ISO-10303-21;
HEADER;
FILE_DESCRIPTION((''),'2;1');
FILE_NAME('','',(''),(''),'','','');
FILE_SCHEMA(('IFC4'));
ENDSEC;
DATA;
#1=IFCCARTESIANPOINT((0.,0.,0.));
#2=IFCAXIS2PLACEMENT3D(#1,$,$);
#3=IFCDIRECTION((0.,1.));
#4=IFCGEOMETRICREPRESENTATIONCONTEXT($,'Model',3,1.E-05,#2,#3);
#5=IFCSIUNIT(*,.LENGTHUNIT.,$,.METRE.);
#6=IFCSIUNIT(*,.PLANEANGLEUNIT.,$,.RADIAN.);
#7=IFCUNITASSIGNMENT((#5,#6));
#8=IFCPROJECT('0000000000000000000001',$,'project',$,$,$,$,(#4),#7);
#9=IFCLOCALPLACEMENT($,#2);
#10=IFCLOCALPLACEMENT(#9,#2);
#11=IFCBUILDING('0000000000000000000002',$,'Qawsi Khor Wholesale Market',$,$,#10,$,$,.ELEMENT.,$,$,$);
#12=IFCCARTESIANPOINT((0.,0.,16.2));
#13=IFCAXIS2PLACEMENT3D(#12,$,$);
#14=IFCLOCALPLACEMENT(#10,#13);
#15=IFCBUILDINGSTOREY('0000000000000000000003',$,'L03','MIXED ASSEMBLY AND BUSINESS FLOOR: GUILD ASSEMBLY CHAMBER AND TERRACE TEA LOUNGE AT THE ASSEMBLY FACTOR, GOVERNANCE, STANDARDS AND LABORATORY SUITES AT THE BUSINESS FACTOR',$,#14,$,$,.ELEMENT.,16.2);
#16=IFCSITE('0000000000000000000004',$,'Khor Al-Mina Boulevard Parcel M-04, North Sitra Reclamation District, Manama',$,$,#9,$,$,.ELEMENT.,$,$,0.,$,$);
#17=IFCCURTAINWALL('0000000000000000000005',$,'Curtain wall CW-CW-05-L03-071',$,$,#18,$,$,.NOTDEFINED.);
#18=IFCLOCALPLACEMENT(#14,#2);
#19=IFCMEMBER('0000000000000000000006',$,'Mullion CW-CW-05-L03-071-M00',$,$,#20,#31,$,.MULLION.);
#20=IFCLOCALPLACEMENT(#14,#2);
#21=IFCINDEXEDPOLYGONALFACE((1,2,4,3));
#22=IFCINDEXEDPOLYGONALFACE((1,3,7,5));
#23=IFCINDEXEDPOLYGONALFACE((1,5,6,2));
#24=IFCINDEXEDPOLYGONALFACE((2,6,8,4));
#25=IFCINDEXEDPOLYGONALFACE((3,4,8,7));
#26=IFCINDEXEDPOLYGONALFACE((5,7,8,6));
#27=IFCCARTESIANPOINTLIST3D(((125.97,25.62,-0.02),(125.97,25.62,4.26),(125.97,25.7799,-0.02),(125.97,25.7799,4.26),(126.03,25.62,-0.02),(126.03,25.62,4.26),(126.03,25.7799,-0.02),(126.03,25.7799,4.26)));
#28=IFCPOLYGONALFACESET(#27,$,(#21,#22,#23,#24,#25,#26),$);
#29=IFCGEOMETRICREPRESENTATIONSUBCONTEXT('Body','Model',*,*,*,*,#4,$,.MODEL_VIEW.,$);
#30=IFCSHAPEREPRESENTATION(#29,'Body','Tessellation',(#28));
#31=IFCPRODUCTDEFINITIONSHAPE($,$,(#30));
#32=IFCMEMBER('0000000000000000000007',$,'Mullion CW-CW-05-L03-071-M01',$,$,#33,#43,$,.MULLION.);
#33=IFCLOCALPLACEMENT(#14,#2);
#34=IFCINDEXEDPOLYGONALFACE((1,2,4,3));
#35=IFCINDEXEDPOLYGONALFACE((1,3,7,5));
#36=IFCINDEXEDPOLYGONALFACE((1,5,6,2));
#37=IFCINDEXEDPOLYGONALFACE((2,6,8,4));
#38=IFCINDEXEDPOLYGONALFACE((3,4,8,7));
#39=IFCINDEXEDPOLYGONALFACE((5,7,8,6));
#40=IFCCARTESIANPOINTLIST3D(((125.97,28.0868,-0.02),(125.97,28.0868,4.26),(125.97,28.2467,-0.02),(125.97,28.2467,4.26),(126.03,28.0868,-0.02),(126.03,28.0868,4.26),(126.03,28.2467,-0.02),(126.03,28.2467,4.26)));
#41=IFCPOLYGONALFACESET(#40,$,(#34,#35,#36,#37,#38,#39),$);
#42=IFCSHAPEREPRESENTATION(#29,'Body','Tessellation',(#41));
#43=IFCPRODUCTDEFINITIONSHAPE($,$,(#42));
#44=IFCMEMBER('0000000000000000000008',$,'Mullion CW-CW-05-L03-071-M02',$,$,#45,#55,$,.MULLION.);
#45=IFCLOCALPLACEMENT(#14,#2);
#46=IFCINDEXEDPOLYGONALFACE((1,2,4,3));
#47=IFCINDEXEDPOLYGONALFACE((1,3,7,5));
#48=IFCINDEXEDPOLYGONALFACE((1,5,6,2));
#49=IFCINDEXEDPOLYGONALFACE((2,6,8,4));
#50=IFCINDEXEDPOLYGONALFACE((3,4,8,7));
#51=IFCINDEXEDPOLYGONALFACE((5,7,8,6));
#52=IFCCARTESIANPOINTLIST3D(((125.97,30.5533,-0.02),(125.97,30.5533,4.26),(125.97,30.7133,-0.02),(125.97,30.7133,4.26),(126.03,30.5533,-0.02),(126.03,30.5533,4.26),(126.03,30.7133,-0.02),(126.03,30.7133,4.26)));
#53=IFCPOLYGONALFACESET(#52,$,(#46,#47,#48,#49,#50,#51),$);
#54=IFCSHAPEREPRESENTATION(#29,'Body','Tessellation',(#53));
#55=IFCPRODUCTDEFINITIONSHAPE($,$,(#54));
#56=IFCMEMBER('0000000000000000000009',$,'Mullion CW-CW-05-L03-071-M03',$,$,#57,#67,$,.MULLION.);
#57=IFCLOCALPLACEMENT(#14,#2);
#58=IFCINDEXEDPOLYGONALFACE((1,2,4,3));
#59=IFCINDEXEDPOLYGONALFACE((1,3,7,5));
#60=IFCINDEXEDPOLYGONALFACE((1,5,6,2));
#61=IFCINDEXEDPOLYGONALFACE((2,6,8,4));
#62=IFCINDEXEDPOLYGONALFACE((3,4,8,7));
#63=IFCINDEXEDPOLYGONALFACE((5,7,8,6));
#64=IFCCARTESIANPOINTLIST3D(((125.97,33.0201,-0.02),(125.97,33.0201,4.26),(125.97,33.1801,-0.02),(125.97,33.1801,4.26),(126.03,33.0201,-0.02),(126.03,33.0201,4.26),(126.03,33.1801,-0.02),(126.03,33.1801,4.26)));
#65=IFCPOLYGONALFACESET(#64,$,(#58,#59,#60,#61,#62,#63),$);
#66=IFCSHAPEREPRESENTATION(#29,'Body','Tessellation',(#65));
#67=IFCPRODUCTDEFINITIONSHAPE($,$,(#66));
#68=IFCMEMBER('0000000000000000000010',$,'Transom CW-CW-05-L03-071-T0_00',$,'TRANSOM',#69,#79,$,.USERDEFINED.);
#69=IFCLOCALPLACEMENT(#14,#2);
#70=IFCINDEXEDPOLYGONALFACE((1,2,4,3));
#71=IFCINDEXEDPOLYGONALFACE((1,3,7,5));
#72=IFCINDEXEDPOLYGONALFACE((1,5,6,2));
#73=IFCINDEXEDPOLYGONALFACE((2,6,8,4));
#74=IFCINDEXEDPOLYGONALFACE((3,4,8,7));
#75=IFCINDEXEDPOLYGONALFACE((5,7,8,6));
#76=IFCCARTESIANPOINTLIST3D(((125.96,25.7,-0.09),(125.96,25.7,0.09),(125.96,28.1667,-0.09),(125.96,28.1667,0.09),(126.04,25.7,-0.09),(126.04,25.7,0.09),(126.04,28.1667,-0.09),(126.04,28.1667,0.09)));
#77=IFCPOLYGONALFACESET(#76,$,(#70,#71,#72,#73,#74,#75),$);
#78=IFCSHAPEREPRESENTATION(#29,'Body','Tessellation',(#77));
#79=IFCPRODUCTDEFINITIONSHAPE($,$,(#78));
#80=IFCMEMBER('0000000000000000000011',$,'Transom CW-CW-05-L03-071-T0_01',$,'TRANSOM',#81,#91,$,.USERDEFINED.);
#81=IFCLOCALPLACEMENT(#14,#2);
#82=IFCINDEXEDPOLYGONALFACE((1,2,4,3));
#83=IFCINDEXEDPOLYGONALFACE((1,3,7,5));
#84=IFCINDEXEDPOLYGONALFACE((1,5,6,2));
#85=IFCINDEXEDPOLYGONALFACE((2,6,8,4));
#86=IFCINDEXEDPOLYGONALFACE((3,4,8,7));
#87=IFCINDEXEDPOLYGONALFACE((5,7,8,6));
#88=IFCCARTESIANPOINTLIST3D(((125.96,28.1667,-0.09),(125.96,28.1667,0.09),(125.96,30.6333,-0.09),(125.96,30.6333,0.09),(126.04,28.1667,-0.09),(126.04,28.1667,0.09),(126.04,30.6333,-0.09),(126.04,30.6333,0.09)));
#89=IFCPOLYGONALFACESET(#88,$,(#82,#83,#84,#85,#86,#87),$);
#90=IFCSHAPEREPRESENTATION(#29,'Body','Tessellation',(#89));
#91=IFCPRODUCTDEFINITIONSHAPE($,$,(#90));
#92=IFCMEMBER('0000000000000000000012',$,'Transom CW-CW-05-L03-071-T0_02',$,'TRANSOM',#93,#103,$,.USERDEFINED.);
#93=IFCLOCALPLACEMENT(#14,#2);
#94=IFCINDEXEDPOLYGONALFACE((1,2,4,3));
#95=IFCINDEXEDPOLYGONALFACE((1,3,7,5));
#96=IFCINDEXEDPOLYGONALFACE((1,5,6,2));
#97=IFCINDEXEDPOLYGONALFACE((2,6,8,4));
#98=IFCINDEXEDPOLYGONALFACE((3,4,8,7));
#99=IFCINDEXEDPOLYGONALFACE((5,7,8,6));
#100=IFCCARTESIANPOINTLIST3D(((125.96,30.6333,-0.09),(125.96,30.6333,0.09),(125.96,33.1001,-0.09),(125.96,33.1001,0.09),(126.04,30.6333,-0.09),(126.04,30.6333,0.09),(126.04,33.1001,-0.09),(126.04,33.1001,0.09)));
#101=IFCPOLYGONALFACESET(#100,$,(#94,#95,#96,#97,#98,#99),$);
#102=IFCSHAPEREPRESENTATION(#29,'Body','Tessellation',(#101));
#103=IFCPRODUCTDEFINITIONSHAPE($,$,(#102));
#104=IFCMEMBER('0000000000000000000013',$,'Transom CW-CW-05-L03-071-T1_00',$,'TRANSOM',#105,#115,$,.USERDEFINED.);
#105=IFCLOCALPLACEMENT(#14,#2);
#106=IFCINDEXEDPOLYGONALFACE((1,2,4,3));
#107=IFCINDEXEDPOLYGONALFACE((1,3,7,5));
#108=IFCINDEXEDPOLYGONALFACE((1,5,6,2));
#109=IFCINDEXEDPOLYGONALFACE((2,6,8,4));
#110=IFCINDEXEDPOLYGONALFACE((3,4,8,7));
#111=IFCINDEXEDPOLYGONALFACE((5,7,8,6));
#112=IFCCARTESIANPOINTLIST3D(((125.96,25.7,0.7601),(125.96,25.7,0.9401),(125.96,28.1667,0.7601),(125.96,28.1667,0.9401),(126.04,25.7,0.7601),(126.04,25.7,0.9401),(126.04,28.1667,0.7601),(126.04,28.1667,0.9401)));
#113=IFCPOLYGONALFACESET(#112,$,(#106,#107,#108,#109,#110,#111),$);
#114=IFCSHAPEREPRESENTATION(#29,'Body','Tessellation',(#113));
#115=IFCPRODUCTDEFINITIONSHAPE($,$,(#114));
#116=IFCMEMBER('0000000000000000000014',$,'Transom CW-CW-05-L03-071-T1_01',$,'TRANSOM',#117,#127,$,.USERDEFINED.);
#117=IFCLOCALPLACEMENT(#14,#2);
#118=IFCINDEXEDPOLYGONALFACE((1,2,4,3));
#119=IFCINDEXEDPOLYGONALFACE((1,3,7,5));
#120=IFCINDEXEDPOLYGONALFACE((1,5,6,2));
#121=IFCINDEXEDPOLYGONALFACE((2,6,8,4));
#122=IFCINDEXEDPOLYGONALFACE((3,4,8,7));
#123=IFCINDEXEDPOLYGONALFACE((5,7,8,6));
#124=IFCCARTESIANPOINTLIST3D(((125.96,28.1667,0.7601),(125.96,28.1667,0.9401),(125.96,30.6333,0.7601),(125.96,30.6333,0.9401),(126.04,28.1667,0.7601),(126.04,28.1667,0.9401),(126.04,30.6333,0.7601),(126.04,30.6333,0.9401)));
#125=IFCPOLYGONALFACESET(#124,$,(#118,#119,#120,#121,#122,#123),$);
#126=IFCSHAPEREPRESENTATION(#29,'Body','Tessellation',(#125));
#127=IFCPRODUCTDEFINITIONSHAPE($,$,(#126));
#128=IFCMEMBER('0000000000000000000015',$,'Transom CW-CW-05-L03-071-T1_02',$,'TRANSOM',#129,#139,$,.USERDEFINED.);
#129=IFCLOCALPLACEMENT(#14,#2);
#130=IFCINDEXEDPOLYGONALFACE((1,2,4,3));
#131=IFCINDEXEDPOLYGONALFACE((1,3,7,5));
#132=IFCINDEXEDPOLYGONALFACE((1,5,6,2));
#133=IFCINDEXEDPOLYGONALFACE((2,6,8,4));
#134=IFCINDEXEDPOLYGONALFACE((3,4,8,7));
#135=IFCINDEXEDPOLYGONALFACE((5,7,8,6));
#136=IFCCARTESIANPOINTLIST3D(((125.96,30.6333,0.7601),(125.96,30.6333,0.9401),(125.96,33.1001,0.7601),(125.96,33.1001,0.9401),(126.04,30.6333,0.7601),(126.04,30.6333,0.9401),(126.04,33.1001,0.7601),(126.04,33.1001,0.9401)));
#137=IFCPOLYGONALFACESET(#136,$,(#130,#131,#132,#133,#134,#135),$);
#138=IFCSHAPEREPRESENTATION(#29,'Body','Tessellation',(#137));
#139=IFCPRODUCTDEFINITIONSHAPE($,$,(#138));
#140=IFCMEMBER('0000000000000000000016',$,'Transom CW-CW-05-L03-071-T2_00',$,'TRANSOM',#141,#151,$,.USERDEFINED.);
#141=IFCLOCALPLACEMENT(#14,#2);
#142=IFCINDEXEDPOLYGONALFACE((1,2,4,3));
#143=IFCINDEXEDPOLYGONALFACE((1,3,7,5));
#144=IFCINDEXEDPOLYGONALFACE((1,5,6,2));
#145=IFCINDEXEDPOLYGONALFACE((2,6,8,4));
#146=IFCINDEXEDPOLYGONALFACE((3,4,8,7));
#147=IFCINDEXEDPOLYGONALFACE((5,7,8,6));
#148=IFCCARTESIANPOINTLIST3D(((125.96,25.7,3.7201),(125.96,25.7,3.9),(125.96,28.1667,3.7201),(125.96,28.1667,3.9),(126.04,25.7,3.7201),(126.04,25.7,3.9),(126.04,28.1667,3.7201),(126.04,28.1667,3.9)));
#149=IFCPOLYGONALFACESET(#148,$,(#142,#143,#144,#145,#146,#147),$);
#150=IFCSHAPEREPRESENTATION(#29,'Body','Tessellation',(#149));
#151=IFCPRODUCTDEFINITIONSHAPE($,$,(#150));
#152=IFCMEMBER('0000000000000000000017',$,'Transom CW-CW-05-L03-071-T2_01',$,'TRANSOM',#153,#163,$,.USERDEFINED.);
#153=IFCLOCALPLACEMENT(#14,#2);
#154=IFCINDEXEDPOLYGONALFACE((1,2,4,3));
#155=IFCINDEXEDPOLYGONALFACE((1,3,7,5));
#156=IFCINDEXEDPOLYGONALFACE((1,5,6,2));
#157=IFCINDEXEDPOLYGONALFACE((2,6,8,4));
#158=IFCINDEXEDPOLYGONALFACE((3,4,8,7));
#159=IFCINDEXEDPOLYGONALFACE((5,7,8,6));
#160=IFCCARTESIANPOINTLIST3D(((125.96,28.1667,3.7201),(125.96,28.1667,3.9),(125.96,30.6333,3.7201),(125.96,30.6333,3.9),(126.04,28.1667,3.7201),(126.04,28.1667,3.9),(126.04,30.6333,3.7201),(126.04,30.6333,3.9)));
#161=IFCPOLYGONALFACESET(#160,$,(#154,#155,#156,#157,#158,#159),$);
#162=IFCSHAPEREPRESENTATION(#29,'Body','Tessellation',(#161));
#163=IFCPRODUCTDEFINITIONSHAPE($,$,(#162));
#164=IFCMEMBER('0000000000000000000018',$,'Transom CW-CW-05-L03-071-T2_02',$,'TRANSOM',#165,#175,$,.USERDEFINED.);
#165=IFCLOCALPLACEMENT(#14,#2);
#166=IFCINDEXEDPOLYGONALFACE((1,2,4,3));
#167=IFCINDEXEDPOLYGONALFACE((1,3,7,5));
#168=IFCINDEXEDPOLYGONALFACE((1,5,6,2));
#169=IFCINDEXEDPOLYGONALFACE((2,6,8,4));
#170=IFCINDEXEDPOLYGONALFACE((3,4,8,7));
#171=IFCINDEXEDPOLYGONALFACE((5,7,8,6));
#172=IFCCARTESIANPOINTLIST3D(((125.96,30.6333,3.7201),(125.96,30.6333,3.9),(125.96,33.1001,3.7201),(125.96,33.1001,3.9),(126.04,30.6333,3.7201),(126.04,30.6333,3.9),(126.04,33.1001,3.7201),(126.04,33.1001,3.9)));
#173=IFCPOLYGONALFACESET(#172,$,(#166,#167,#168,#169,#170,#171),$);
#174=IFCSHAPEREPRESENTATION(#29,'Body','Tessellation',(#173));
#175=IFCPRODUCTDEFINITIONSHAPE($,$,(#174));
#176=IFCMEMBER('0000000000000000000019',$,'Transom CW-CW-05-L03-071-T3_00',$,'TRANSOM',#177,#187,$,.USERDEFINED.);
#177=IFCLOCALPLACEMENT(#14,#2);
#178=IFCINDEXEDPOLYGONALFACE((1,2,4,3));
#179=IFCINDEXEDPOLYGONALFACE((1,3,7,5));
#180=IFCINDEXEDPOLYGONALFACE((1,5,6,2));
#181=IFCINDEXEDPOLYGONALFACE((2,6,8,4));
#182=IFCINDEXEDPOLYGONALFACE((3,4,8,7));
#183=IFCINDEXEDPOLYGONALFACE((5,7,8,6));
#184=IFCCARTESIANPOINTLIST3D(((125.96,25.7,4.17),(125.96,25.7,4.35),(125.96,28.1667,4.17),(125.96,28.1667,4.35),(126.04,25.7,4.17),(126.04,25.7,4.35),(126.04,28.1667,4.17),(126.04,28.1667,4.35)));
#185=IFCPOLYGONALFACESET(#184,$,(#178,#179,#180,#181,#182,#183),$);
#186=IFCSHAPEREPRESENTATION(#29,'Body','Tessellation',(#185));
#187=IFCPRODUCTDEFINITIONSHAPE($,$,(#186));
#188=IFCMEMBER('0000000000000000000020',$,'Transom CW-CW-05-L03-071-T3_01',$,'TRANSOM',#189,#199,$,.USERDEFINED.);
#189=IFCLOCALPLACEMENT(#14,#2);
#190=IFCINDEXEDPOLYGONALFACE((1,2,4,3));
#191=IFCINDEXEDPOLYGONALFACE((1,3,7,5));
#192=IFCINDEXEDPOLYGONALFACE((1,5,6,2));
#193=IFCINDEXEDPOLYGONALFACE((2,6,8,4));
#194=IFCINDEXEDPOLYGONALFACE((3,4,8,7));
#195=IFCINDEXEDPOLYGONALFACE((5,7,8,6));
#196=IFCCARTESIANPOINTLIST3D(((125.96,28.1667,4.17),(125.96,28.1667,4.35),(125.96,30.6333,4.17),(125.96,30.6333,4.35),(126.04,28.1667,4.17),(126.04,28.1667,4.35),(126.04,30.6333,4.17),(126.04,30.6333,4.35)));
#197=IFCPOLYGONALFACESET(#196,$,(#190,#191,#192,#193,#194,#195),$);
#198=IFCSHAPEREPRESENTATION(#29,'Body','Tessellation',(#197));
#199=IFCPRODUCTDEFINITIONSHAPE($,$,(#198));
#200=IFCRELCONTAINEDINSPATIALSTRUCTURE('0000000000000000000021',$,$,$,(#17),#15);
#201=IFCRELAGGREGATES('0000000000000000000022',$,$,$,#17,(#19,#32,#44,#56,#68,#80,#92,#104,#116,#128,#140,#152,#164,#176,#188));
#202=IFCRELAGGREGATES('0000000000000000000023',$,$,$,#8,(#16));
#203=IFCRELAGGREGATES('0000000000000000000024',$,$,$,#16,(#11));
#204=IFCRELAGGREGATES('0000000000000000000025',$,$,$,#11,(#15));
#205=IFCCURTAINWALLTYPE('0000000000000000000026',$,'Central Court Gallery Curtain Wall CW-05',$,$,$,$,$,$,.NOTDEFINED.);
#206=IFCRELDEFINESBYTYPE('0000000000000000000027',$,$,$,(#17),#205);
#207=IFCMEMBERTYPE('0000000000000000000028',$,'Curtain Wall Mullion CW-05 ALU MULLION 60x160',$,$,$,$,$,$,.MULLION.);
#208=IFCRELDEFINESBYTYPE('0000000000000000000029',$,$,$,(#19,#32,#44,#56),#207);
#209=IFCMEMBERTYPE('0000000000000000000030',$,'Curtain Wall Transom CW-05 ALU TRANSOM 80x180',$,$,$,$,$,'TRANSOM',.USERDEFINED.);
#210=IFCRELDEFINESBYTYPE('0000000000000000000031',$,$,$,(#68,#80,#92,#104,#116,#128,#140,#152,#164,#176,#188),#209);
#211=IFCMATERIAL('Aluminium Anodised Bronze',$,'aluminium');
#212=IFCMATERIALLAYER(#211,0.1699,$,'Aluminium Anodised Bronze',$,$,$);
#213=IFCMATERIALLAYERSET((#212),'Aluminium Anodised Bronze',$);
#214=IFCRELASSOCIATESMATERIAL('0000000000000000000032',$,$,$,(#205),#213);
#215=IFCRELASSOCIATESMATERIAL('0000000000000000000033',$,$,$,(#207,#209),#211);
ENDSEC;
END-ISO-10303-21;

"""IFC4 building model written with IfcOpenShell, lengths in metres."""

from ifc_helpers import new_model, si_unit, direction, frame, origin, origin_2d, place, context, subcontext, project, spatial, rectangle, extrude, material, layer, layer_set, material_profile, profile_set, type_object, element, aggregate, save


model = new_model("IFC4")

# Units and contexts
model_context = context("Model", 3, precision=1e-05, world=origin(), true_north=direction((0.0, 1.0)))
body_context = subcontext(model_context, "Body", "Model", "MODEL_VIEW")
ifc_project = project(units=[si_unit("LENGTHUNIT", "METRE"), si_unit("PLANEANGLEUNIT", "RADIAN")], contexts=[model_context])

# Site, building, storey
site_placement = place(None, origin())
site = spatial("IfcSite", under=ifc_project, at=site_placement, Name="Khor Al-Mina Boulevard Parcel M-04, North Sitra Reclamation District, Manama", CompositionType="ELEMENT", RefElevation=0.0)
building_placement = place(site_placement, origin())
building = spatial("IfcBuilding", under=site, at=building_placement, Name="Qawsi Khor Wholesale Market", CompositionType="ELEMENT")
storey_placement = place(building_placement, frame((0.0, 0.0, 16.2)))
storey = spatial("IfcBuildingStorey", under=building, at=storey_placement, Name="L03", Description="MIXED ASSEMBLY AND BUSINESS FLOOR: GUILD ASSEMBLY CHAMBER AND TERRACE TEA LOUNGE AT THE ASSEMBLY FACTOR, GOVERNANCE, STANDARDS AND LABORATORY SUITES AT THE BUSINESS FACTOR", CompositionType="ELEMENT", Elevation=16.2)

# Curtain wall, members
ifc_material_1 = material(Name="Aluminium Anodised Bronze", Category="aluminium")
ifc_layer_1 = layer(ifc_material_1, 0.1699, Name="Aluminium Anodised Bronze")
ifc_layer_set_1 = layer_set([ifc_layer_1], Name="Aluminium Anodised Bronze")
curtain_wall_type = type_object("IfcCurtainWallType", Name="Central Court Gallery Curtain Wall CW-05", PredefinedType="NOTDEFINED", material=ifc_layer_set_1)
curtain_wall_placement = place(storey_placement, origin())
curtain_wall = element("IfcCurtainWall", 1, at=curtain_wall_placement, inside=storey, type_object=curtain_wall_type, Name="Curtain wall CW-CW-05-L03-071", PredefinedType="NOTDEFINED")
ifc_material_profile_1 = material_profile(ifc_material_1, rectangle(XDim=0.0601, YDim=0.1599, at=origin_2d()), Name="ALU MULLION 60x160")
ifc_profile_set_1 = profile_set([ifc_material_profile_1], Name="Aluminium Anodised Bronze")
member_type_1 = type_object("IfcMemberType", Name="Curtain Wall Mullion CW-05 ALU MULLION 60x160", PredefinedType="MULLION", material=ifc_profile_set_1)
member_1_placement = place(storey_placement, frame((126.0, 25.7, -0.02), z_axis=(0.0, 0.0, 1.0), x_axis=(1.0, 0.0, 0.0)))
member_1 = element("IfcMember", 2, at=member_1_placement, type_object=member_type_1, Name="Mullion CW-CW-05-L03-071-M00", PredefinedType="MULLION", context=body_context, shape_type="SweptSolid", body=[
    extrude(rectangle(XDim=0.0601, YDim=0.1599, at=origin_2d()), origin(), (0.0, 0.0, 1.0), 4.28),
])
member_2_placement = place(storey_placement, frame((126.0, 28.1667, -0.02), z_axis=(0.0, 0.0, 1.0), x_axis=(1.0, 0.0, 0.0)))
member_2 = element("IfcMember", 3, at=member_2_placement, type_object=member_type_1, Name="Mullion CW-CW-05-L03-071-M01", PredefinedType="MULLION", context=body_context, shape_type="SweptSolid", body=[
    extrude(rectangle(XDim=0.0601, YDim=0.1599, at=origin_2d()), origin(), (0.0, 0.0, 1.0), 4.28),
])
member_3_placement = place(storey_placement, frame((126.0, 30.6333, -0.02), z_axis=(0.0, 0.0, 1.0), x_axis=(1.0, 0.0, 0.0)))
member_3 = element("IfcMember", 4, at=member_3_placement, type_object=member_type_1, Name="Mullion CW-CW-05-L03-071-M02", PredefinedType="MULLION", context=body_context, shape_type="SweptSolid", body=[
    extrude(rectangle(XDim=0.0601, YDim=0.1599, at=origin_2d()), origin(), (0.0, 0.0, 1.0), 4.28),
])
member_4_placement = place(storey_placement, frame((126.0, 33.1001, -0.02), z_axis=(0.0, 0.0, 1.0), x_axis=(1.0, 0.0, 0.0)))
member_4 = element("IfcMember", 5, at=member_4_placement, type_object=member_type_1, Name="Mullion CW-CW-05-L03-071-M03", PredefinedType="MULLION", context=body_context, shape_type="SweptSolid", body=[
    extrude(rectangle(XDim=0.0601, YDim=0.1599, at=origin_2d()), origin(), (0.0, 0.0, 1.0), 4.28),
])
ifc_material_profile_2 = material_profile(ifc_material_1, rectangle(XDim=0.0801, YDim=0.1799, at=origin_2d()), Name="ALU TRANSOM 80x180")
ifc_profile_set_2 = profile_set([ifc_material_profile_2], Name="Aluminium Anodised Bronze")
member_type_2 = type_object("IfcMemberType", Name="Curtain Wall Transom CW-05 ALU TRANSOM 80x180", ElementType="TRANSOM", PredefinedType="USERDEFINED", material=ifc_profile_set_2)
member_5_placement = place(storey_placement, frame((126.0, 25.7, 0.0), z_axis=(0.0, 1.0, 0.0), x_axis=(-1.0, 0.0, 0.0)))
member_5 = element("IfcMember", 6, at=member_5_placement, type_object=member_type_2, Name="Transom CW-CW-05-L03-071-T0_00", ObjectType="TRANSOM", PredefinedType="USERDEFINED", context=body_context, shape_type="SweptSolid", body=[
    extrude(rectangle(XDim=0.0801, YDim=0.1799, at=origin_2d()), origin(), (0.0, 0.0, 1.0), 2.4668),
])
member_6_placement = place(storey_placement, frame((126.0, 28.1667, 0.0), z_axis=(0.0, 1.0, 0.0), x_axis=(-1.0, 0.0, 0.0)))
member_6 = element("IfcMember", 7, at=member_6_placement, type_object=member_type_2, Name="Transom CW-CW-05-L03-071-T0_01", ObjectType="TRANSOM", PredefinedType="USERDEFINED", context=body_context, shape_type="SweptSolid", body=[
    extrude(rectangle(XDim=0.0801, YDim=0.1799, at=origin_2d()), origin(), (0.0, 0.0, 1.0), 2.4666),
])
member_7_placement = place(storey_placement, frame((126.0, 30.6333, 0.0), z_axis=(0.0, 1.0, 0.0), x_axis=(-1.0, 0.0, 0.0)))
member_7 = element("IfcMember", 8, at=member_7_placement, type_object=member_type_2, Name="Transom CW-CW-05-L03-071-T0_02", ObjectType="TRANSOM", PredefinedType="USERDEFINED", context=body_context, shape_type="SweptSolid", body=[
    extrude(rectangle(XDim=0.0801, YDim=0.1799, at=origin_2d()), origin(), (0.0, 0.0, 1.0), 2.4668),
])
member_8_placement = place(storey_placement, frame((126.0, 25.7, 0.8501), z_axis=(0.0, 1.0, 0.0), x_axis=(-1.0, 0.0, 0.0)))
member_8 = element("IfcMember", 9, at=member_8_placement, type_object=member_type_2, Name="Transom CW-CW-05-L03-071-T1_00", ObjectType="TRANSOM", PredefinedType="USERDEFINED", context=body_context, shape_type="SweptSolid", body=[
    extrude(rectangle(XDim=0.0801, YDim=0.1799, at=origin_2d()), origin(), (0.0, 0.0, 1.0), 2.4668),
])
member_9_placement = place(storey_placement, frame((126.0, 28.1667, 0.8501), z_axis=(0.0, 1.0, 0.0), x_axis=(-1.0, 0.0, 0.0)))
member_9 = element("IfcMember", 10, at=member_9_placement, type_object=member_type_2, Name="Transom CW-CW-05-L03-071-T1_01", ObjectType="TRANSOM", PredefinedType="USERDEFINED", context=body_context, shape_type="SweptSolid", body=[
    extrude(rectangle(XDim=0.0801, YDim=0.1799, at=origin_2d()), origin(), (0.0, 0.0, 1.0), 2.4666),
])
member_10_placement = place(storey_placement, frame((126.0, 30.6333, 0.8501), z_axis=(0.0, 1.0, 0.0), x_axis=(-1.0, 0.0, 0.0)))
member_10 = element("IfcMember", 11, at=member_10_placement, type_object=member_type_2, Name="Transom CW-CW-05-L03-071-T1_02", ObjectType="TRANSOM", PredefinedType="USERDEFINED", context=body_context, shape_type="SweptSolid", body=[
    extrude(rectangle(XDim=0.0801, YDim=0.1799, at=origin_2d()), origin(), (0.0, 0.0, 1.0), 2.4668),
])
member_11_placement = place(storey_placement, frame((126.0, 25.7, 3.8101), z_axis=(0.0, 1.0, 0.0), x_axis=(-1.0, 0.0, 0.0)))
member_11 = element("IfcMember", 12, at=member_11_placement, type_object=member_type_2, Name="Transom CW-CW-05-L03-071-T2_00", ObjectType="TRANSOM", PredefinedType="USERDEFINED", context=body_context, shape_type="SweptSolid", body=[
    extrude(rectangle(XDim=0.0801, YDim=0.1799, at=origin_2d()), origin(), (0.0, 0.0, 1.0), 2.4668),
])
member_12_placement = place(storey_placement, frame((126.0, 28.1667, 3.8101), z_axis=(0.0, 1.0, 0.0), x_axis=(-1.0, 0.0, 0.0)))
member_12 = element("IfcMember", 13, at=member_12_placement, type_object=member_type_2, Name="Transom CW-CW-05-L03-071-T2_01", ObjectType="TRANSOM", PredefinedType="USERDEFINED", context=body_context, shape_type="SweptSolid", body=[
    extrude(rectangle(XDim=0.0801, YDim=0.1799, at=origin_2d()), origin(), (0.0, 0.0, 1.0), 2.4666),
])
member_13_placement = place(storey_placement, frame((126.0, 30.6333, 3.8101), z_axis=(0.0, 1.0, 0.0), x_axis=(-1.0, 0.0, 0.0)))
member_13 = element("IfcMember", 14, at=member_13_placement, type_object=member_type_2, Name="Transom CW-CW-05-L03-071-T2_02", ObjectType="TRANSOM", PredefinedType="USERDEFINED", context=body_context, shape_type="SweptSolid", body=[
    extrude(rectangle(XDim=0.0801, YDim=0.1799, at=origin_2d()), origin(), (0.0, 0.0, 1.0), 2.4668),
])
member_14_placement = place(storey_placement, frame((126.0, 25.7, 4.26), z_axis=(0.0, 1.0, 0.0), x_axis=(-1.0, 0.0, 0.0)))
member_14 = element("IfcMember", 15, at=member_14_placement, type_object=member_type_2, Name="Transom CW-CW-05-L03-071-T3_00", ObjectType="TRANSOM", PredefinedType="USERDEFINED", context=body_context, shape_type="SweptSolid", body=[
    extrude(rectangle(XDim=0.0801, YDim=0.1799, at=origin_2d()), origin(), (0.0, 0.0, 1.0), 2.4668),
])
member_15_placement = place(storey_placement, frame((126.0, 28.1667, 4.26), z_axis=(0.0, 1.0, 0.0), x_axis=(-1.0, 0.0, 0.0)))
member_15 = element("IfcMember", 16, at=member_15_placement, type_object=member_type_2, Name="Transom CW-CW-05-L03-071-T3_01", ObjectType="TRANSOM", PredefinedType="USERDEFINED", context=body_context, shape_type="SweptSolid", body=[
    extrude(rectangle(XDim=0.0801, YDim=0.1799, at=origin_2d()), origin(), (0.0, 0.0, 1.0), 2.4666),
])

aggregate(curtain_wall, [member_1, member_2, member_3, member_4, member_5, member_6, member_7, member_8, member_9, member_10, member_11, member_12, member_13, member_14, member_15])

save(model, "model.ifc")
